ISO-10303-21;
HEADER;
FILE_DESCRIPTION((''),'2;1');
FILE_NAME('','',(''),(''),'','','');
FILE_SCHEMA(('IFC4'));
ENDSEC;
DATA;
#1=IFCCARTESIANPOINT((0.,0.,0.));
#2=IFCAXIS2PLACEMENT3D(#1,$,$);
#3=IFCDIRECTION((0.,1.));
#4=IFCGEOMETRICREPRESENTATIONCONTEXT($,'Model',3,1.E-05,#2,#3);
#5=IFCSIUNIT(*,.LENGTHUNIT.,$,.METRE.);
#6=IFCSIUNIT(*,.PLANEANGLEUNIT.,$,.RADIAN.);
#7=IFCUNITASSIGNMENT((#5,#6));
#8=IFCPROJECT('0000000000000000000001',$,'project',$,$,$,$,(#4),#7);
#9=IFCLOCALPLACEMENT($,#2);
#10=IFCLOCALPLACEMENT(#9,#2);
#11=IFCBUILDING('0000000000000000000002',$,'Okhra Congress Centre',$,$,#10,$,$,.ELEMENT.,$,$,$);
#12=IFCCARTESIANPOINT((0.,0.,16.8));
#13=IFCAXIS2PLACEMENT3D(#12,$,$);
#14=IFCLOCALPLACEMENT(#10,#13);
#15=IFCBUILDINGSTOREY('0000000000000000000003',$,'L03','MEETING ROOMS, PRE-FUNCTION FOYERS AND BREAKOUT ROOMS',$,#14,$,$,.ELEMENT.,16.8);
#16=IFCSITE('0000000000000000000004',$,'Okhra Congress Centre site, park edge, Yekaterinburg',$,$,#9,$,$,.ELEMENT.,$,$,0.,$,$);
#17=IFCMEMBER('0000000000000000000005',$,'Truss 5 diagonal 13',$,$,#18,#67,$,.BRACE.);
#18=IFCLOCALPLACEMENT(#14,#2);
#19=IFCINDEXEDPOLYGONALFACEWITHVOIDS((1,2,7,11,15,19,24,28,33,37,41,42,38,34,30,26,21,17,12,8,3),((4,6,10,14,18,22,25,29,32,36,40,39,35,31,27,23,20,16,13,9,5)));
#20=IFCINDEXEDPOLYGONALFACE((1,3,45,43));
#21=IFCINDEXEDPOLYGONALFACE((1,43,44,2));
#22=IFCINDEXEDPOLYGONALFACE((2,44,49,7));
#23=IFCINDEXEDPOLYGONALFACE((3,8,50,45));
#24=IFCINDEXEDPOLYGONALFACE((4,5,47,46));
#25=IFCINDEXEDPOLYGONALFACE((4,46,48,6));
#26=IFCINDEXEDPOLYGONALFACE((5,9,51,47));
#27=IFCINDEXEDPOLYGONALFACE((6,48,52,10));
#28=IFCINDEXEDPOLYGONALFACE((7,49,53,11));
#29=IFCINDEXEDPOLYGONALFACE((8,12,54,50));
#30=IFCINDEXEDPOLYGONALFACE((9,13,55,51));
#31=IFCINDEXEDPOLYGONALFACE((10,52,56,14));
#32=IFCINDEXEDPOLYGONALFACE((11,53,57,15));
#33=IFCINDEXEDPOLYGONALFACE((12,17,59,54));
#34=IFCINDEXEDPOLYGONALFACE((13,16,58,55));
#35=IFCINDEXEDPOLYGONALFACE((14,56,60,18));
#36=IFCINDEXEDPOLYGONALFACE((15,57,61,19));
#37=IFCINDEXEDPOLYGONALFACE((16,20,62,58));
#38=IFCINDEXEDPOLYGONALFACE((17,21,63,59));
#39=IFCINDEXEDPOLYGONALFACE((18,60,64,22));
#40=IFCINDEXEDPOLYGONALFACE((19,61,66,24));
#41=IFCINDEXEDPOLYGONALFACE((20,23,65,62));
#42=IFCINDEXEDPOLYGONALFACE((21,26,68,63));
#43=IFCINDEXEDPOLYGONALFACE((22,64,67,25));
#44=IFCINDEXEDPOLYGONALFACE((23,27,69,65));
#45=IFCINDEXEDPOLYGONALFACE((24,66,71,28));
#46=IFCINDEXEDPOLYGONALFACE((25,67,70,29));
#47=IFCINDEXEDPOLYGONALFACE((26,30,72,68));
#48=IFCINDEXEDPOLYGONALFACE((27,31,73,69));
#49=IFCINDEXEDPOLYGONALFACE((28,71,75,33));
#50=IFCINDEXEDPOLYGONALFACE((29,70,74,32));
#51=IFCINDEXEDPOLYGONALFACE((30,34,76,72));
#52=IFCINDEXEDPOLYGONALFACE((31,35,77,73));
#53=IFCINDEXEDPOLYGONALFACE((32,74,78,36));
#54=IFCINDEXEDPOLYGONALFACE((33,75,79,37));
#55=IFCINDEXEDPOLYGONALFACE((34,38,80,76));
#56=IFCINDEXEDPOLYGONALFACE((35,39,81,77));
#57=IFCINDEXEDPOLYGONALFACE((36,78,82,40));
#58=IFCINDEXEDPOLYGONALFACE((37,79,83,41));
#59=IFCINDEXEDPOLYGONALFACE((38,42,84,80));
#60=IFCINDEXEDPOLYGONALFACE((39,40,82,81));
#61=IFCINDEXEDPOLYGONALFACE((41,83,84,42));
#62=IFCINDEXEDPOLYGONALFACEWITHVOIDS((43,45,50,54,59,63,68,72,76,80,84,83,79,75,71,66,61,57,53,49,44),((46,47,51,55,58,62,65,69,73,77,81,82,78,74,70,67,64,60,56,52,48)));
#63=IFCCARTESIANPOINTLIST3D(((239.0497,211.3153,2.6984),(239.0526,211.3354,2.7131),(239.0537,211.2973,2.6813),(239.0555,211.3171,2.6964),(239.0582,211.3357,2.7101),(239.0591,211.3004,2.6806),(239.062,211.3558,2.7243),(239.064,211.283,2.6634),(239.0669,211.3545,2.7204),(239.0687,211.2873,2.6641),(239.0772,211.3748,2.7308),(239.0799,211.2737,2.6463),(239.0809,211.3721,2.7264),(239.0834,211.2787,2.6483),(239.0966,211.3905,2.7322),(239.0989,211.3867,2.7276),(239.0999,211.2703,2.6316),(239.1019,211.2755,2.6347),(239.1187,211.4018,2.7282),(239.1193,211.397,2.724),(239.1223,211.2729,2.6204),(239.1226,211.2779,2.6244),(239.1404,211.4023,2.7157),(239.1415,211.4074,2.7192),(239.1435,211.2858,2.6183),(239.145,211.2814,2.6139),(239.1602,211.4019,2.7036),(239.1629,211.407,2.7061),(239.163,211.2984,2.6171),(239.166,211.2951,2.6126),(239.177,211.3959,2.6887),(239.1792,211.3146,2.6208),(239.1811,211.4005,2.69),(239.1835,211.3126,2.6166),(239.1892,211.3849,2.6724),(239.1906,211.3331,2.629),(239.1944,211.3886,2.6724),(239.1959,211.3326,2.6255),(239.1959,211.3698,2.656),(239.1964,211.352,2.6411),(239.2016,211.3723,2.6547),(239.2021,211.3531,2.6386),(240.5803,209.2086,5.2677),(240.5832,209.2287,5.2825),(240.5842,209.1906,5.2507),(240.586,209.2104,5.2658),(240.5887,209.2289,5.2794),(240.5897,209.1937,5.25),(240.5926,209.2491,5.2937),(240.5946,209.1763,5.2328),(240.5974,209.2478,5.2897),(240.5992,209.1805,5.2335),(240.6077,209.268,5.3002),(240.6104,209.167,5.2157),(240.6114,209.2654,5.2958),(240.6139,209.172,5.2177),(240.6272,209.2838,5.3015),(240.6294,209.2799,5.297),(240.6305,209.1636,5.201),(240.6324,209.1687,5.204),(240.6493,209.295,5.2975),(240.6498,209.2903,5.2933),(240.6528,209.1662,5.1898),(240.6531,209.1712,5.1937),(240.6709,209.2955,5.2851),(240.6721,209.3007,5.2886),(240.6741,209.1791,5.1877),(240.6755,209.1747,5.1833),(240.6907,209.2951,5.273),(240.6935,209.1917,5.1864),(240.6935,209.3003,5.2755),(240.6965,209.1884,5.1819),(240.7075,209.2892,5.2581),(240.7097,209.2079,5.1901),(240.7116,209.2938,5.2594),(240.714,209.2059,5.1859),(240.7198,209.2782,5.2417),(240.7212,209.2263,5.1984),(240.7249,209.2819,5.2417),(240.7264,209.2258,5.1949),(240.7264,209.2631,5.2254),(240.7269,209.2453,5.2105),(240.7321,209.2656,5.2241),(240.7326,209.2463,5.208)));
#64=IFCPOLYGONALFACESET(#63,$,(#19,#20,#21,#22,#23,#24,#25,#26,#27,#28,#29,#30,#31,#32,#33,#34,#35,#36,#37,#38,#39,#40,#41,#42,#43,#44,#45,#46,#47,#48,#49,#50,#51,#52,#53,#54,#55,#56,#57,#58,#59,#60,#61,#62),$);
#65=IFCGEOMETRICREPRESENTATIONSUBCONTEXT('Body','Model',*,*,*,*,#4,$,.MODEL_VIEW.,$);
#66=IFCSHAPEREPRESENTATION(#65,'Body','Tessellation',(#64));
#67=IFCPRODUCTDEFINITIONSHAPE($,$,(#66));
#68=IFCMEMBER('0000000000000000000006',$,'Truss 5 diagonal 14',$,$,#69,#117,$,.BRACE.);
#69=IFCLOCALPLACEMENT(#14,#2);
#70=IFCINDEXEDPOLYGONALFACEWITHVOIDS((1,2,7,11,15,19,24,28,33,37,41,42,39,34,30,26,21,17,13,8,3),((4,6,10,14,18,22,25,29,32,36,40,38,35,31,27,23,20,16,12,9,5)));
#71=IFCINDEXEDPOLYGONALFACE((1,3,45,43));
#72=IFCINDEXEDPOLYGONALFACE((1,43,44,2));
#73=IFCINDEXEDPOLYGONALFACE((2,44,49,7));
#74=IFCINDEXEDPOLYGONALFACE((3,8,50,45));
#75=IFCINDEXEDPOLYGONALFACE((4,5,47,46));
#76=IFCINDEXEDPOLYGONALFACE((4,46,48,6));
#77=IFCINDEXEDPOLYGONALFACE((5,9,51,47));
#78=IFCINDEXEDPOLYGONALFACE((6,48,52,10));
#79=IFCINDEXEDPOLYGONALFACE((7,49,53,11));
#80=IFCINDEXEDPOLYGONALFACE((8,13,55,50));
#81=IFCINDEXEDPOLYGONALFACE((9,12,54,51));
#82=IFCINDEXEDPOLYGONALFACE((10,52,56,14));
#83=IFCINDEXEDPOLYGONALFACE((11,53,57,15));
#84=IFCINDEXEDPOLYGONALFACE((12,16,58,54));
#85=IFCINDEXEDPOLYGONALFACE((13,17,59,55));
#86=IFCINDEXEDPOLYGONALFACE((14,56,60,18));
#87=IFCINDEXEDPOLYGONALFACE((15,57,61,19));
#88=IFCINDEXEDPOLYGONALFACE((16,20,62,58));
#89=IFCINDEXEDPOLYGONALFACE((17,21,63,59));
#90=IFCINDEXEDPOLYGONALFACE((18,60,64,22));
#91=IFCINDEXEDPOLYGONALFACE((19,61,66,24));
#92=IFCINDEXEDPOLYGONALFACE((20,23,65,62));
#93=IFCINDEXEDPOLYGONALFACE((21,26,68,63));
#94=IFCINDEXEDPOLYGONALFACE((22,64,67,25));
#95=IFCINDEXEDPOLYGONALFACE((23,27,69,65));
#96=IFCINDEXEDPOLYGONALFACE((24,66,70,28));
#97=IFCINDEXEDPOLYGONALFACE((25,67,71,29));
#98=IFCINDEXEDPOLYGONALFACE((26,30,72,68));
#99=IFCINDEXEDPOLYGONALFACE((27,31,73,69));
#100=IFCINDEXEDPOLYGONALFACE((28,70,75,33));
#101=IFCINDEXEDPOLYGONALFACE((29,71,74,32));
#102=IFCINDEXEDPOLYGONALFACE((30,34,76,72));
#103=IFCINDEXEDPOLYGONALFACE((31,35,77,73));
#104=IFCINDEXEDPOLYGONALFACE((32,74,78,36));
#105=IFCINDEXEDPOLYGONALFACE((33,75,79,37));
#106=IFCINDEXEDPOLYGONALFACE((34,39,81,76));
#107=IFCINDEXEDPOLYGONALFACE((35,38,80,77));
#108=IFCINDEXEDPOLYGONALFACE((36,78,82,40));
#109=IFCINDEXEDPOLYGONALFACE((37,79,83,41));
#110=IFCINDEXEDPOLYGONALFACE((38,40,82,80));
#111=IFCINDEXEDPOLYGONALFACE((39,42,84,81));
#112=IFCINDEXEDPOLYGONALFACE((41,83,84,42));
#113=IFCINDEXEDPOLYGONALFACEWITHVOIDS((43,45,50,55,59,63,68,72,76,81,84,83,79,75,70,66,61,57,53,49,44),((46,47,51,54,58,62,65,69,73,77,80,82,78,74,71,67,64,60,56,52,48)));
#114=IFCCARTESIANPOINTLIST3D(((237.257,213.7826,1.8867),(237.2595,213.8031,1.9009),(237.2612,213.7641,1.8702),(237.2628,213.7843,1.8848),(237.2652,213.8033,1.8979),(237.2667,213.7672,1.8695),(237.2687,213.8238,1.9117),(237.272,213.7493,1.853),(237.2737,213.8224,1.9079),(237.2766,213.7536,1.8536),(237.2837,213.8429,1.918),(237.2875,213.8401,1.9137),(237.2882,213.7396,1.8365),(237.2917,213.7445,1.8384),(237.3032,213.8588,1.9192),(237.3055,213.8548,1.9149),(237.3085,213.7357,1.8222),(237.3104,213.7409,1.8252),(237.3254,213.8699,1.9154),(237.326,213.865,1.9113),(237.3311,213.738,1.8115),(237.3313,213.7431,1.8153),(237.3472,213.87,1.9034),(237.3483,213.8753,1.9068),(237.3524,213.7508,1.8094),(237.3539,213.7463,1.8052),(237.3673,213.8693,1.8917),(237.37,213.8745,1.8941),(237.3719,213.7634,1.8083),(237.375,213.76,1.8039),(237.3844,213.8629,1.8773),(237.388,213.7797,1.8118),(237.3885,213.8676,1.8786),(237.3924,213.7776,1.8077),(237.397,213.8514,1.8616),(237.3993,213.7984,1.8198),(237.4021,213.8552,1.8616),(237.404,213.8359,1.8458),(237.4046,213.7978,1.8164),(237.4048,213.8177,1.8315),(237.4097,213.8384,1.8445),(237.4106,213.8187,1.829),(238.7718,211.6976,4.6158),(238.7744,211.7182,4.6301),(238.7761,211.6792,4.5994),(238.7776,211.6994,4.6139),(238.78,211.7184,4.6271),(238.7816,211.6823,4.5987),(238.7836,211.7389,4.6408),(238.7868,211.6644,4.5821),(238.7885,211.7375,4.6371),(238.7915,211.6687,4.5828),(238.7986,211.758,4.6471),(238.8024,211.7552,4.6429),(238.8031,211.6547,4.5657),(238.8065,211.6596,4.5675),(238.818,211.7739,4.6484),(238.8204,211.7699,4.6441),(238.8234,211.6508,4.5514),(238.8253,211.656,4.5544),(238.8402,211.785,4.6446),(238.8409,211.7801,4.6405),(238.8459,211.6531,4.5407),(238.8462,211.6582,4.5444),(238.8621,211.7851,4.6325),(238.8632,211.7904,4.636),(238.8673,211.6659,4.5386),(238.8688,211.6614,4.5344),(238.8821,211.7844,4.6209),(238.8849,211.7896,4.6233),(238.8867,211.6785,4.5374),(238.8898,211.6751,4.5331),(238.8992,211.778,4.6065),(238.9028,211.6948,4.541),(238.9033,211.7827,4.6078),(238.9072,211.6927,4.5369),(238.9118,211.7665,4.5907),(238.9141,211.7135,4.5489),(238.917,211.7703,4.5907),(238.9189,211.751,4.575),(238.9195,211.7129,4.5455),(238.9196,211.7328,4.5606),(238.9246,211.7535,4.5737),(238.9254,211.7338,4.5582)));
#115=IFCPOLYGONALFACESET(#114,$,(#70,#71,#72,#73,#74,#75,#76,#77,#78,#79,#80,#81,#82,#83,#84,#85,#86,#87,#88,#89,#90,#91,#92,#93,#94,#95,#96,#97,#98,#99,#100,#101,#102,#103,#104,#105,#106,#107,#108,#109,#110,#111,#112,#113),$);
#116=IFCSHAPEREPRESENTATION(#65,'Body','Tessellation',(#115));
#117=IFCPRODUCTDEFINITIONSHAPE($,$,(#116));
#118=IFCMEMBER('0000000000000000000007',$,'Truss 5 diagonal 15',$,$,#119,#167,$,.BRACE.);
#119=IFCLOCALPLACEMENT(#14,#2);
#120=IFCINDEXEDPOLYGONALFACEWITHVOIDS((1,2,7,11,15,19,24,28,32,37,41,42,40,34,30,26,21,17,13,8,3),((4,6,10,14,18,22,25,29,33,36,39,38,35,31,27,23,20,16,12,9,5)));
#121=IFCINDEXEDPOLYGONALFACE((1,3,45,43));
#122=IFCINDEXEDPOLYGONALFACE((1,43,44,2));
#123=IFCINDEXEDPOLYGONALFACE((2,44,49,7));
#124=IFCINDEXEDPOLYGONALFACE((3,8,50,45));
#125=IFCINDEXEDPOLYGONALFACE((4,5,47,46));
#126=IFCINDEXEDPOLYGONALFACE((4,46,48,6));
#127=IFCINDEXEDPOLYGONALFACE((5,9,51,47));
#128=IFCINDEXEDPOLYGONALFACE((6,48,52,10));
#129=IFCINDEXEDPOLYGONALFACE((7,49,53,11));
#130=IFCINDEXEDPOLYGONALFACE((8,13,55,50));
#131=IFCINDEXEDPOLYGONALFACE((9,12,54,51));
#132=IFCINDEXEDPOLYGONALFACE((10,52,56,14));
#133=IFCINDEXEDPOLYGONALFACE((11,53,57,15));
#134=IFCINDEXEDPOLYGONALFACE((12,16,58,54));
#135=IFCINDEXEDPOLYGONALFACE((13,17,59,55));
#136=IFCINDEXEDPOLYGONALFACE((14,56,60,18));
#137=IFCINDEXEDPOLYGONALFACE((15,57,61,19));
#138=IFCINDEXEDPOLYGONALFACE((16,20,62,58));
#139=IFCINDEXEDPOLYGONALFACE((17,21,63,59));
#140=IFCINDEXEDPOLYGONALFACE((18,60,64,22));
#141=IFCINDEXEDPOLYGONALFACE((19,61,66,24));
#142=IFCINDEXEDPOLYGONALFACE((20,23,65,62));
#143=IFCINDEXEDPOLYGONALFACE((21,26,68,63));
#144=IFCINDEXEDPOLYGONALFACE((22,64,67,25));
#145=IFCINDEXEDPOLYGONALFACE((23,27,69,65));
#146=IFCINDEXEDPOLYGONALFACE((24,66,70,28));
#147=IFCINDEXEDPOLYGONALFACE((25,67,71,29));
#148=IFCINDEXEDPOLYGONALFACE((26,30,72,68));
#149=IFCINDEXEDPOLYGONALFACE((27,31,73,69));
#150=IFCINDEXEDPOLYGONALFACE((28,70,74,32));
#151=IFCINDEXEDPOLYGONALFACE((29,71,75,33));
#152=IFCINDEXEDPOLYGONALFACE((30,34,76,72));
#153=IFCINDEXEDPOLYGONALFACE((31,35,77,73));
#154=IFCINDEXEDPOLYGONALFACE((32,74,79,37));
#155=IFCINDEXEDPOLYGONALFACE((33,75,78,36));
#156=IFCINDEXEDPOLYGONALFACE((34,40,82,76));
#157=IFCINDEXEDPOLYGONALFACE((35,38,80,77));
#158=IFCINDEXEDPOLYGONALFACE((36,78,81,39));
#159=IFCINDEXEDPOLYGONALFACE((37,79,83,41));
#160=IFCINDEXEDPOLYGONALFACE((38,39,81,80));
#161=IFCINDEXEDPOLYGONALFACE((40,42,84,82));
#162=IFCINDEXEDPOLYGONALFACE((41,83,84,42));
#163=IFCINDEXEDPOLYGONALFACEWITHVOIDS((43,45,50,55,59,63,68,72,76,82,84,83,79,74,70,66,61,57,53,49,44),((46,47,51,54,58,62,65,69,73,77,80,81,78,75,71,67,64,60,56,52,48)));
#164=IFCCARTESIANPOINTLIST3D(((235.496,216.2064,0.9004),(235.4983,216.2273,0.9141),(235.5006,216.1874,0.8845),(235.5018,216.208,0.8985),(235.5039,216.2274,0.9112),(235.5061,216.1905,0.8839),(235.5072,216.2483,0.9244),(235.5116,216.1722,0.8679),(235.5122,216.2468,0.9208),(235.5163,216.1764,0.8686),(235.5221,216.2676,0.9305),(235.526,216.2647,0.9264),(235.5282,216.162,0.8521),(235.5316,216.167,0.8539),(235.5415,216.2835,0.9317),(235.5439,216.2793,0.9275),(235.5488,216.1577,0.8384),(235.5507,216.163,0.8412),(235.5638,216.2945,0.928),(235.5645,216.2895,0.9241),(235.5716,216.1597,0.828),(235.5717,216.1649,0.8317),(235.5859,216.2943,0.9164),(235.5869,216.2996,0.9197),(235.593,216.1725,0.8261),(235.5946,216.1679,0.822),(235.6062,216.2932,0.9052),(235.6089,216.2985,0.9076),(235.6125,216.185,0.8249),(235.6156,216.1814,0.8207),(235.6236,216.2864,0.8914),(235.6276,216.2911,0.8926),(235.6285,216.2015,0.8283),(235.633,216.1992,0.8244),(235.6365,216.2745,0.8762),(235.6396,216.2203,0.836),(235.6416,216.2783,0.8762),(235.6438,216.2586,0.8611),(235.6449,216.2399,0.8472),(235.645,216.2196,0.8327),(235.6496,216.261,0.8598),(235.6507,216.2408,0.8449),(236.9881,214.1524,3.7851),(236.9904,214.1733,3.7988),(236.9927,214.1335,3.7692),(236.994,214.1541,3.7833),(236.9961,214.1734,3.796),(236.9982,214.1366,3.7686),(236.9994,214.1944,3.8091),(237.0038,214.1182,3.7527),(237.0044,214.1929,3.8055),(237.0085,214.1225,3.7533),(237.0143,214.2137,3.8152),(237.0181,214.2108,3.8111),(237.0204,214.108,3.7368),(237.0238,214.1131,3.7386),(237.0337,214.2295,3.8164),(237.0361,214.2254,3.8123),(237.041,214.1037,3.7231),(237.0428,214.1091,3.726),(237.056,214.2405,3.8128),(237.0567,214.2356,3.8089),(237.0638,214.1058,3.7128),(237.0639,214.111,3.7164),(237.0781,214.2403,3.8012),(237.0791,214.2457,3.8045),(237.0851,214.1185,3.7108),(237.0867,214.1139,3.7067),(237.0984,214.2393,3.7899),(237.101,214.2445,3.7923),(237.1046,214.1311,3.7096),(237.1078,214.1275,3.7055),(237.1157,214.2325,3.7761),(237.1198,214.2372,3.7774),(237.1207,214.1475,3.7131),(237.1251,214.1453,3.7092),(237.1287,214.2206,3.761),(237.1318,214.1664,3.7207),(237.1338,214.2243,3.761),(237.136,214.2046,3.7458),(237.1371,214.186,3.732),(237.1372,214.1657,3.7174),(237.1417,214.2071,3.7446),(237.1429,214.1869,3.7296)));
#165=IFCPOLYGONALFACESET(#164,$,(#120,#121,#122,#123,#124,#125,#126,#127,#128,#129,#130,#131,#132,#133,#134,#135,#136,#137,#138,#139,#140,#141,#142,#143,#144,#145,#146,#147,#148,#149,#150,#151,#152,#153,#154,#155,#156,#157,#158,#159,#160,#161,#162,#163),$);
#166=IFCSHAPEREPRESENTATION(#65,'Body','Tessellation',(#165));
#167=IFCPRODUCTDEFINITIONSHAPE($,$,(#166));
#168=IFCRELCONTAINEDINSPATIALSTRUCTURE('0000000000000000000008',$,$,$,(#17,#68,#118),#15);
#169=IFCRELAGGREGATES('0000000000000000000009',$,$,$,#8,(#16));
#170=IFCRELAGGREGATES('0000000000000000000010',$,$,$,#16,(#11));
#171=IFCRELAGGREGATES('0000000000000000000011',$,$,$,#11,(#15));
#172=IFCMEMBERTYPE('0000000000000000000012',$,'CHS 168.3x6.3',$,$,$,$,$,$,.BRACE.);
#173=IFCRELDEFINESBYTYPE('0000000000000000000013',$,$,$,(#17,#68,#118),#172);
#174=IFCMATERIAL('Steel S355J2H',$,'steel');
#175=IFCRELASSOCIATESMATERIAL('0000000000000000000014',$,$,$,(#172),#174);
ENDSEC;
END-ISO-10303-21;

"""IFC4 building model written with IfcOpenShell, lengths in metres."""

from ifc_helpers import new_model, si_unit, direction, frame, origin, origin_2d, place, context, subcontext, project, spatial, hollow_circle, extrude, material, material_profile, profile_set, type_object, element, save


model = new_model("IFC4")

# Units and contexts
model_context = context("Model", 3, precision=1e-05, world=origin(), true_north=direction((0.0, 1.0)))
body_context = subcontext(model_context, "Body", "Model", "MODEL_VIEW")
ifc_project = project(units=[si_unit("LENGTHUNIT", "METRE"), si_unit("PLANEANGLEUNIT", "RADIAN")], contexts=[model_context])

# Site, building, storey
site_placement = place(None, origin())
site = spatial("IfcSite", under=ifc_project, at=site_placement, Name="Okhra Congress Centre site, park edge, Yekaterinburg", CompositionType="ELEMENT", RefElevation=0.0)
building_placement = place(site_placement, origin())
building = spatial("IfcBuilding", under=site, at=building_placement, Name="Okhra Congress Centre", CompositionType="ELEMENT")
storey_placement = place(building_placement, frame((0.0, 0.0, 16.8)))
storey = spatial("IfcBuildingStorey", under=building, at=storey_placement, Name="L03", Description="MEETING ROOMS, PRE-FUNCTION FOYERS AND BREAKOUT ROOMS", CompositionType="ELEMENT", Elevation=16.8)

# Members
ifc_material_1 = material(Name="Steel S355J2H", Category="steel")
ifc_material_profile_1 = material_profile(ifc_material_1, hollow_circle(Radius=0.0842, WallThickness=0.0063, at=origin_2d()), Name="CHS 168.3x6.3")
ifc_profile_set_1 = profile_set([ifc_material_profile_1], Name="Steel S355J2H")
member_type_1 = type_object("IfcMemberType", Name="CHS 168.3x6.3", PredefinedType="BRACE", material=ifc_profile_set_1)
member_1_placement = place(storey_placement, frame((239.1262, 211.3391, 2.6724), z_axis=(0.418385, -0.575888, 0.702358), x_axis=(0.809032, 0.587765, 0.0)))
element("IfcMember", 1, at=member_1_placement, inside=storey, type_object=member_type_1, Name="Truss 5 diagonal 13", PredefinedType="BRACE", context=body_context, shape_type="SweptSolid", body=[
    extrude(hollow_circle(Radius=0.0842, WallThickness=0.0063, at=origin_2d()), origin(), (0.0, 0.0, 1.0), 3.6582),
])
member_2_placement = place(storey_placement, frame((237.334, 213.8057, 1.8616), z_axis=(0.403566, -0.555432, 0.727069), x_axis=(0.809002, 0.587806, 0.0)))
element("IfcMember", 2, at=member_2_placement, inside=storey, type_object=member_type_1, Name="Truss 5 diagonal 14", PredefinedType="BRACE", context=body_context, shape_type="SweptSolid", body=[
    extrude(hollow_circle(Radius=0.0842, WallThickness=0.0063, at=origin_2d()), origin(), (0.0, 0.0, 1.0), 3.7537),
])
member_3_placement = place(storey_placement, frame((235.5735, 216.2288, 0.8762), z_axis=(0.388306, -0.534492, 0.750691), x_axis=(0.809035, 0.58776, 0.0)))
element("IfcMember", 3, at=member_3_placement, inside=storey, type_object=member_type_1, Name="Truss 5 diagonal 15", PredefinedType="BRACE", context=body_context, shape_type="SweptSolid", body=[
    extrude(hollow_circle(Radius=0.0842, WallThickness=0.0063, at=origin_2d()), origin(), (0.0, 0.0, 1.0), 3.8428),
])

save(model, "model.ifc")
